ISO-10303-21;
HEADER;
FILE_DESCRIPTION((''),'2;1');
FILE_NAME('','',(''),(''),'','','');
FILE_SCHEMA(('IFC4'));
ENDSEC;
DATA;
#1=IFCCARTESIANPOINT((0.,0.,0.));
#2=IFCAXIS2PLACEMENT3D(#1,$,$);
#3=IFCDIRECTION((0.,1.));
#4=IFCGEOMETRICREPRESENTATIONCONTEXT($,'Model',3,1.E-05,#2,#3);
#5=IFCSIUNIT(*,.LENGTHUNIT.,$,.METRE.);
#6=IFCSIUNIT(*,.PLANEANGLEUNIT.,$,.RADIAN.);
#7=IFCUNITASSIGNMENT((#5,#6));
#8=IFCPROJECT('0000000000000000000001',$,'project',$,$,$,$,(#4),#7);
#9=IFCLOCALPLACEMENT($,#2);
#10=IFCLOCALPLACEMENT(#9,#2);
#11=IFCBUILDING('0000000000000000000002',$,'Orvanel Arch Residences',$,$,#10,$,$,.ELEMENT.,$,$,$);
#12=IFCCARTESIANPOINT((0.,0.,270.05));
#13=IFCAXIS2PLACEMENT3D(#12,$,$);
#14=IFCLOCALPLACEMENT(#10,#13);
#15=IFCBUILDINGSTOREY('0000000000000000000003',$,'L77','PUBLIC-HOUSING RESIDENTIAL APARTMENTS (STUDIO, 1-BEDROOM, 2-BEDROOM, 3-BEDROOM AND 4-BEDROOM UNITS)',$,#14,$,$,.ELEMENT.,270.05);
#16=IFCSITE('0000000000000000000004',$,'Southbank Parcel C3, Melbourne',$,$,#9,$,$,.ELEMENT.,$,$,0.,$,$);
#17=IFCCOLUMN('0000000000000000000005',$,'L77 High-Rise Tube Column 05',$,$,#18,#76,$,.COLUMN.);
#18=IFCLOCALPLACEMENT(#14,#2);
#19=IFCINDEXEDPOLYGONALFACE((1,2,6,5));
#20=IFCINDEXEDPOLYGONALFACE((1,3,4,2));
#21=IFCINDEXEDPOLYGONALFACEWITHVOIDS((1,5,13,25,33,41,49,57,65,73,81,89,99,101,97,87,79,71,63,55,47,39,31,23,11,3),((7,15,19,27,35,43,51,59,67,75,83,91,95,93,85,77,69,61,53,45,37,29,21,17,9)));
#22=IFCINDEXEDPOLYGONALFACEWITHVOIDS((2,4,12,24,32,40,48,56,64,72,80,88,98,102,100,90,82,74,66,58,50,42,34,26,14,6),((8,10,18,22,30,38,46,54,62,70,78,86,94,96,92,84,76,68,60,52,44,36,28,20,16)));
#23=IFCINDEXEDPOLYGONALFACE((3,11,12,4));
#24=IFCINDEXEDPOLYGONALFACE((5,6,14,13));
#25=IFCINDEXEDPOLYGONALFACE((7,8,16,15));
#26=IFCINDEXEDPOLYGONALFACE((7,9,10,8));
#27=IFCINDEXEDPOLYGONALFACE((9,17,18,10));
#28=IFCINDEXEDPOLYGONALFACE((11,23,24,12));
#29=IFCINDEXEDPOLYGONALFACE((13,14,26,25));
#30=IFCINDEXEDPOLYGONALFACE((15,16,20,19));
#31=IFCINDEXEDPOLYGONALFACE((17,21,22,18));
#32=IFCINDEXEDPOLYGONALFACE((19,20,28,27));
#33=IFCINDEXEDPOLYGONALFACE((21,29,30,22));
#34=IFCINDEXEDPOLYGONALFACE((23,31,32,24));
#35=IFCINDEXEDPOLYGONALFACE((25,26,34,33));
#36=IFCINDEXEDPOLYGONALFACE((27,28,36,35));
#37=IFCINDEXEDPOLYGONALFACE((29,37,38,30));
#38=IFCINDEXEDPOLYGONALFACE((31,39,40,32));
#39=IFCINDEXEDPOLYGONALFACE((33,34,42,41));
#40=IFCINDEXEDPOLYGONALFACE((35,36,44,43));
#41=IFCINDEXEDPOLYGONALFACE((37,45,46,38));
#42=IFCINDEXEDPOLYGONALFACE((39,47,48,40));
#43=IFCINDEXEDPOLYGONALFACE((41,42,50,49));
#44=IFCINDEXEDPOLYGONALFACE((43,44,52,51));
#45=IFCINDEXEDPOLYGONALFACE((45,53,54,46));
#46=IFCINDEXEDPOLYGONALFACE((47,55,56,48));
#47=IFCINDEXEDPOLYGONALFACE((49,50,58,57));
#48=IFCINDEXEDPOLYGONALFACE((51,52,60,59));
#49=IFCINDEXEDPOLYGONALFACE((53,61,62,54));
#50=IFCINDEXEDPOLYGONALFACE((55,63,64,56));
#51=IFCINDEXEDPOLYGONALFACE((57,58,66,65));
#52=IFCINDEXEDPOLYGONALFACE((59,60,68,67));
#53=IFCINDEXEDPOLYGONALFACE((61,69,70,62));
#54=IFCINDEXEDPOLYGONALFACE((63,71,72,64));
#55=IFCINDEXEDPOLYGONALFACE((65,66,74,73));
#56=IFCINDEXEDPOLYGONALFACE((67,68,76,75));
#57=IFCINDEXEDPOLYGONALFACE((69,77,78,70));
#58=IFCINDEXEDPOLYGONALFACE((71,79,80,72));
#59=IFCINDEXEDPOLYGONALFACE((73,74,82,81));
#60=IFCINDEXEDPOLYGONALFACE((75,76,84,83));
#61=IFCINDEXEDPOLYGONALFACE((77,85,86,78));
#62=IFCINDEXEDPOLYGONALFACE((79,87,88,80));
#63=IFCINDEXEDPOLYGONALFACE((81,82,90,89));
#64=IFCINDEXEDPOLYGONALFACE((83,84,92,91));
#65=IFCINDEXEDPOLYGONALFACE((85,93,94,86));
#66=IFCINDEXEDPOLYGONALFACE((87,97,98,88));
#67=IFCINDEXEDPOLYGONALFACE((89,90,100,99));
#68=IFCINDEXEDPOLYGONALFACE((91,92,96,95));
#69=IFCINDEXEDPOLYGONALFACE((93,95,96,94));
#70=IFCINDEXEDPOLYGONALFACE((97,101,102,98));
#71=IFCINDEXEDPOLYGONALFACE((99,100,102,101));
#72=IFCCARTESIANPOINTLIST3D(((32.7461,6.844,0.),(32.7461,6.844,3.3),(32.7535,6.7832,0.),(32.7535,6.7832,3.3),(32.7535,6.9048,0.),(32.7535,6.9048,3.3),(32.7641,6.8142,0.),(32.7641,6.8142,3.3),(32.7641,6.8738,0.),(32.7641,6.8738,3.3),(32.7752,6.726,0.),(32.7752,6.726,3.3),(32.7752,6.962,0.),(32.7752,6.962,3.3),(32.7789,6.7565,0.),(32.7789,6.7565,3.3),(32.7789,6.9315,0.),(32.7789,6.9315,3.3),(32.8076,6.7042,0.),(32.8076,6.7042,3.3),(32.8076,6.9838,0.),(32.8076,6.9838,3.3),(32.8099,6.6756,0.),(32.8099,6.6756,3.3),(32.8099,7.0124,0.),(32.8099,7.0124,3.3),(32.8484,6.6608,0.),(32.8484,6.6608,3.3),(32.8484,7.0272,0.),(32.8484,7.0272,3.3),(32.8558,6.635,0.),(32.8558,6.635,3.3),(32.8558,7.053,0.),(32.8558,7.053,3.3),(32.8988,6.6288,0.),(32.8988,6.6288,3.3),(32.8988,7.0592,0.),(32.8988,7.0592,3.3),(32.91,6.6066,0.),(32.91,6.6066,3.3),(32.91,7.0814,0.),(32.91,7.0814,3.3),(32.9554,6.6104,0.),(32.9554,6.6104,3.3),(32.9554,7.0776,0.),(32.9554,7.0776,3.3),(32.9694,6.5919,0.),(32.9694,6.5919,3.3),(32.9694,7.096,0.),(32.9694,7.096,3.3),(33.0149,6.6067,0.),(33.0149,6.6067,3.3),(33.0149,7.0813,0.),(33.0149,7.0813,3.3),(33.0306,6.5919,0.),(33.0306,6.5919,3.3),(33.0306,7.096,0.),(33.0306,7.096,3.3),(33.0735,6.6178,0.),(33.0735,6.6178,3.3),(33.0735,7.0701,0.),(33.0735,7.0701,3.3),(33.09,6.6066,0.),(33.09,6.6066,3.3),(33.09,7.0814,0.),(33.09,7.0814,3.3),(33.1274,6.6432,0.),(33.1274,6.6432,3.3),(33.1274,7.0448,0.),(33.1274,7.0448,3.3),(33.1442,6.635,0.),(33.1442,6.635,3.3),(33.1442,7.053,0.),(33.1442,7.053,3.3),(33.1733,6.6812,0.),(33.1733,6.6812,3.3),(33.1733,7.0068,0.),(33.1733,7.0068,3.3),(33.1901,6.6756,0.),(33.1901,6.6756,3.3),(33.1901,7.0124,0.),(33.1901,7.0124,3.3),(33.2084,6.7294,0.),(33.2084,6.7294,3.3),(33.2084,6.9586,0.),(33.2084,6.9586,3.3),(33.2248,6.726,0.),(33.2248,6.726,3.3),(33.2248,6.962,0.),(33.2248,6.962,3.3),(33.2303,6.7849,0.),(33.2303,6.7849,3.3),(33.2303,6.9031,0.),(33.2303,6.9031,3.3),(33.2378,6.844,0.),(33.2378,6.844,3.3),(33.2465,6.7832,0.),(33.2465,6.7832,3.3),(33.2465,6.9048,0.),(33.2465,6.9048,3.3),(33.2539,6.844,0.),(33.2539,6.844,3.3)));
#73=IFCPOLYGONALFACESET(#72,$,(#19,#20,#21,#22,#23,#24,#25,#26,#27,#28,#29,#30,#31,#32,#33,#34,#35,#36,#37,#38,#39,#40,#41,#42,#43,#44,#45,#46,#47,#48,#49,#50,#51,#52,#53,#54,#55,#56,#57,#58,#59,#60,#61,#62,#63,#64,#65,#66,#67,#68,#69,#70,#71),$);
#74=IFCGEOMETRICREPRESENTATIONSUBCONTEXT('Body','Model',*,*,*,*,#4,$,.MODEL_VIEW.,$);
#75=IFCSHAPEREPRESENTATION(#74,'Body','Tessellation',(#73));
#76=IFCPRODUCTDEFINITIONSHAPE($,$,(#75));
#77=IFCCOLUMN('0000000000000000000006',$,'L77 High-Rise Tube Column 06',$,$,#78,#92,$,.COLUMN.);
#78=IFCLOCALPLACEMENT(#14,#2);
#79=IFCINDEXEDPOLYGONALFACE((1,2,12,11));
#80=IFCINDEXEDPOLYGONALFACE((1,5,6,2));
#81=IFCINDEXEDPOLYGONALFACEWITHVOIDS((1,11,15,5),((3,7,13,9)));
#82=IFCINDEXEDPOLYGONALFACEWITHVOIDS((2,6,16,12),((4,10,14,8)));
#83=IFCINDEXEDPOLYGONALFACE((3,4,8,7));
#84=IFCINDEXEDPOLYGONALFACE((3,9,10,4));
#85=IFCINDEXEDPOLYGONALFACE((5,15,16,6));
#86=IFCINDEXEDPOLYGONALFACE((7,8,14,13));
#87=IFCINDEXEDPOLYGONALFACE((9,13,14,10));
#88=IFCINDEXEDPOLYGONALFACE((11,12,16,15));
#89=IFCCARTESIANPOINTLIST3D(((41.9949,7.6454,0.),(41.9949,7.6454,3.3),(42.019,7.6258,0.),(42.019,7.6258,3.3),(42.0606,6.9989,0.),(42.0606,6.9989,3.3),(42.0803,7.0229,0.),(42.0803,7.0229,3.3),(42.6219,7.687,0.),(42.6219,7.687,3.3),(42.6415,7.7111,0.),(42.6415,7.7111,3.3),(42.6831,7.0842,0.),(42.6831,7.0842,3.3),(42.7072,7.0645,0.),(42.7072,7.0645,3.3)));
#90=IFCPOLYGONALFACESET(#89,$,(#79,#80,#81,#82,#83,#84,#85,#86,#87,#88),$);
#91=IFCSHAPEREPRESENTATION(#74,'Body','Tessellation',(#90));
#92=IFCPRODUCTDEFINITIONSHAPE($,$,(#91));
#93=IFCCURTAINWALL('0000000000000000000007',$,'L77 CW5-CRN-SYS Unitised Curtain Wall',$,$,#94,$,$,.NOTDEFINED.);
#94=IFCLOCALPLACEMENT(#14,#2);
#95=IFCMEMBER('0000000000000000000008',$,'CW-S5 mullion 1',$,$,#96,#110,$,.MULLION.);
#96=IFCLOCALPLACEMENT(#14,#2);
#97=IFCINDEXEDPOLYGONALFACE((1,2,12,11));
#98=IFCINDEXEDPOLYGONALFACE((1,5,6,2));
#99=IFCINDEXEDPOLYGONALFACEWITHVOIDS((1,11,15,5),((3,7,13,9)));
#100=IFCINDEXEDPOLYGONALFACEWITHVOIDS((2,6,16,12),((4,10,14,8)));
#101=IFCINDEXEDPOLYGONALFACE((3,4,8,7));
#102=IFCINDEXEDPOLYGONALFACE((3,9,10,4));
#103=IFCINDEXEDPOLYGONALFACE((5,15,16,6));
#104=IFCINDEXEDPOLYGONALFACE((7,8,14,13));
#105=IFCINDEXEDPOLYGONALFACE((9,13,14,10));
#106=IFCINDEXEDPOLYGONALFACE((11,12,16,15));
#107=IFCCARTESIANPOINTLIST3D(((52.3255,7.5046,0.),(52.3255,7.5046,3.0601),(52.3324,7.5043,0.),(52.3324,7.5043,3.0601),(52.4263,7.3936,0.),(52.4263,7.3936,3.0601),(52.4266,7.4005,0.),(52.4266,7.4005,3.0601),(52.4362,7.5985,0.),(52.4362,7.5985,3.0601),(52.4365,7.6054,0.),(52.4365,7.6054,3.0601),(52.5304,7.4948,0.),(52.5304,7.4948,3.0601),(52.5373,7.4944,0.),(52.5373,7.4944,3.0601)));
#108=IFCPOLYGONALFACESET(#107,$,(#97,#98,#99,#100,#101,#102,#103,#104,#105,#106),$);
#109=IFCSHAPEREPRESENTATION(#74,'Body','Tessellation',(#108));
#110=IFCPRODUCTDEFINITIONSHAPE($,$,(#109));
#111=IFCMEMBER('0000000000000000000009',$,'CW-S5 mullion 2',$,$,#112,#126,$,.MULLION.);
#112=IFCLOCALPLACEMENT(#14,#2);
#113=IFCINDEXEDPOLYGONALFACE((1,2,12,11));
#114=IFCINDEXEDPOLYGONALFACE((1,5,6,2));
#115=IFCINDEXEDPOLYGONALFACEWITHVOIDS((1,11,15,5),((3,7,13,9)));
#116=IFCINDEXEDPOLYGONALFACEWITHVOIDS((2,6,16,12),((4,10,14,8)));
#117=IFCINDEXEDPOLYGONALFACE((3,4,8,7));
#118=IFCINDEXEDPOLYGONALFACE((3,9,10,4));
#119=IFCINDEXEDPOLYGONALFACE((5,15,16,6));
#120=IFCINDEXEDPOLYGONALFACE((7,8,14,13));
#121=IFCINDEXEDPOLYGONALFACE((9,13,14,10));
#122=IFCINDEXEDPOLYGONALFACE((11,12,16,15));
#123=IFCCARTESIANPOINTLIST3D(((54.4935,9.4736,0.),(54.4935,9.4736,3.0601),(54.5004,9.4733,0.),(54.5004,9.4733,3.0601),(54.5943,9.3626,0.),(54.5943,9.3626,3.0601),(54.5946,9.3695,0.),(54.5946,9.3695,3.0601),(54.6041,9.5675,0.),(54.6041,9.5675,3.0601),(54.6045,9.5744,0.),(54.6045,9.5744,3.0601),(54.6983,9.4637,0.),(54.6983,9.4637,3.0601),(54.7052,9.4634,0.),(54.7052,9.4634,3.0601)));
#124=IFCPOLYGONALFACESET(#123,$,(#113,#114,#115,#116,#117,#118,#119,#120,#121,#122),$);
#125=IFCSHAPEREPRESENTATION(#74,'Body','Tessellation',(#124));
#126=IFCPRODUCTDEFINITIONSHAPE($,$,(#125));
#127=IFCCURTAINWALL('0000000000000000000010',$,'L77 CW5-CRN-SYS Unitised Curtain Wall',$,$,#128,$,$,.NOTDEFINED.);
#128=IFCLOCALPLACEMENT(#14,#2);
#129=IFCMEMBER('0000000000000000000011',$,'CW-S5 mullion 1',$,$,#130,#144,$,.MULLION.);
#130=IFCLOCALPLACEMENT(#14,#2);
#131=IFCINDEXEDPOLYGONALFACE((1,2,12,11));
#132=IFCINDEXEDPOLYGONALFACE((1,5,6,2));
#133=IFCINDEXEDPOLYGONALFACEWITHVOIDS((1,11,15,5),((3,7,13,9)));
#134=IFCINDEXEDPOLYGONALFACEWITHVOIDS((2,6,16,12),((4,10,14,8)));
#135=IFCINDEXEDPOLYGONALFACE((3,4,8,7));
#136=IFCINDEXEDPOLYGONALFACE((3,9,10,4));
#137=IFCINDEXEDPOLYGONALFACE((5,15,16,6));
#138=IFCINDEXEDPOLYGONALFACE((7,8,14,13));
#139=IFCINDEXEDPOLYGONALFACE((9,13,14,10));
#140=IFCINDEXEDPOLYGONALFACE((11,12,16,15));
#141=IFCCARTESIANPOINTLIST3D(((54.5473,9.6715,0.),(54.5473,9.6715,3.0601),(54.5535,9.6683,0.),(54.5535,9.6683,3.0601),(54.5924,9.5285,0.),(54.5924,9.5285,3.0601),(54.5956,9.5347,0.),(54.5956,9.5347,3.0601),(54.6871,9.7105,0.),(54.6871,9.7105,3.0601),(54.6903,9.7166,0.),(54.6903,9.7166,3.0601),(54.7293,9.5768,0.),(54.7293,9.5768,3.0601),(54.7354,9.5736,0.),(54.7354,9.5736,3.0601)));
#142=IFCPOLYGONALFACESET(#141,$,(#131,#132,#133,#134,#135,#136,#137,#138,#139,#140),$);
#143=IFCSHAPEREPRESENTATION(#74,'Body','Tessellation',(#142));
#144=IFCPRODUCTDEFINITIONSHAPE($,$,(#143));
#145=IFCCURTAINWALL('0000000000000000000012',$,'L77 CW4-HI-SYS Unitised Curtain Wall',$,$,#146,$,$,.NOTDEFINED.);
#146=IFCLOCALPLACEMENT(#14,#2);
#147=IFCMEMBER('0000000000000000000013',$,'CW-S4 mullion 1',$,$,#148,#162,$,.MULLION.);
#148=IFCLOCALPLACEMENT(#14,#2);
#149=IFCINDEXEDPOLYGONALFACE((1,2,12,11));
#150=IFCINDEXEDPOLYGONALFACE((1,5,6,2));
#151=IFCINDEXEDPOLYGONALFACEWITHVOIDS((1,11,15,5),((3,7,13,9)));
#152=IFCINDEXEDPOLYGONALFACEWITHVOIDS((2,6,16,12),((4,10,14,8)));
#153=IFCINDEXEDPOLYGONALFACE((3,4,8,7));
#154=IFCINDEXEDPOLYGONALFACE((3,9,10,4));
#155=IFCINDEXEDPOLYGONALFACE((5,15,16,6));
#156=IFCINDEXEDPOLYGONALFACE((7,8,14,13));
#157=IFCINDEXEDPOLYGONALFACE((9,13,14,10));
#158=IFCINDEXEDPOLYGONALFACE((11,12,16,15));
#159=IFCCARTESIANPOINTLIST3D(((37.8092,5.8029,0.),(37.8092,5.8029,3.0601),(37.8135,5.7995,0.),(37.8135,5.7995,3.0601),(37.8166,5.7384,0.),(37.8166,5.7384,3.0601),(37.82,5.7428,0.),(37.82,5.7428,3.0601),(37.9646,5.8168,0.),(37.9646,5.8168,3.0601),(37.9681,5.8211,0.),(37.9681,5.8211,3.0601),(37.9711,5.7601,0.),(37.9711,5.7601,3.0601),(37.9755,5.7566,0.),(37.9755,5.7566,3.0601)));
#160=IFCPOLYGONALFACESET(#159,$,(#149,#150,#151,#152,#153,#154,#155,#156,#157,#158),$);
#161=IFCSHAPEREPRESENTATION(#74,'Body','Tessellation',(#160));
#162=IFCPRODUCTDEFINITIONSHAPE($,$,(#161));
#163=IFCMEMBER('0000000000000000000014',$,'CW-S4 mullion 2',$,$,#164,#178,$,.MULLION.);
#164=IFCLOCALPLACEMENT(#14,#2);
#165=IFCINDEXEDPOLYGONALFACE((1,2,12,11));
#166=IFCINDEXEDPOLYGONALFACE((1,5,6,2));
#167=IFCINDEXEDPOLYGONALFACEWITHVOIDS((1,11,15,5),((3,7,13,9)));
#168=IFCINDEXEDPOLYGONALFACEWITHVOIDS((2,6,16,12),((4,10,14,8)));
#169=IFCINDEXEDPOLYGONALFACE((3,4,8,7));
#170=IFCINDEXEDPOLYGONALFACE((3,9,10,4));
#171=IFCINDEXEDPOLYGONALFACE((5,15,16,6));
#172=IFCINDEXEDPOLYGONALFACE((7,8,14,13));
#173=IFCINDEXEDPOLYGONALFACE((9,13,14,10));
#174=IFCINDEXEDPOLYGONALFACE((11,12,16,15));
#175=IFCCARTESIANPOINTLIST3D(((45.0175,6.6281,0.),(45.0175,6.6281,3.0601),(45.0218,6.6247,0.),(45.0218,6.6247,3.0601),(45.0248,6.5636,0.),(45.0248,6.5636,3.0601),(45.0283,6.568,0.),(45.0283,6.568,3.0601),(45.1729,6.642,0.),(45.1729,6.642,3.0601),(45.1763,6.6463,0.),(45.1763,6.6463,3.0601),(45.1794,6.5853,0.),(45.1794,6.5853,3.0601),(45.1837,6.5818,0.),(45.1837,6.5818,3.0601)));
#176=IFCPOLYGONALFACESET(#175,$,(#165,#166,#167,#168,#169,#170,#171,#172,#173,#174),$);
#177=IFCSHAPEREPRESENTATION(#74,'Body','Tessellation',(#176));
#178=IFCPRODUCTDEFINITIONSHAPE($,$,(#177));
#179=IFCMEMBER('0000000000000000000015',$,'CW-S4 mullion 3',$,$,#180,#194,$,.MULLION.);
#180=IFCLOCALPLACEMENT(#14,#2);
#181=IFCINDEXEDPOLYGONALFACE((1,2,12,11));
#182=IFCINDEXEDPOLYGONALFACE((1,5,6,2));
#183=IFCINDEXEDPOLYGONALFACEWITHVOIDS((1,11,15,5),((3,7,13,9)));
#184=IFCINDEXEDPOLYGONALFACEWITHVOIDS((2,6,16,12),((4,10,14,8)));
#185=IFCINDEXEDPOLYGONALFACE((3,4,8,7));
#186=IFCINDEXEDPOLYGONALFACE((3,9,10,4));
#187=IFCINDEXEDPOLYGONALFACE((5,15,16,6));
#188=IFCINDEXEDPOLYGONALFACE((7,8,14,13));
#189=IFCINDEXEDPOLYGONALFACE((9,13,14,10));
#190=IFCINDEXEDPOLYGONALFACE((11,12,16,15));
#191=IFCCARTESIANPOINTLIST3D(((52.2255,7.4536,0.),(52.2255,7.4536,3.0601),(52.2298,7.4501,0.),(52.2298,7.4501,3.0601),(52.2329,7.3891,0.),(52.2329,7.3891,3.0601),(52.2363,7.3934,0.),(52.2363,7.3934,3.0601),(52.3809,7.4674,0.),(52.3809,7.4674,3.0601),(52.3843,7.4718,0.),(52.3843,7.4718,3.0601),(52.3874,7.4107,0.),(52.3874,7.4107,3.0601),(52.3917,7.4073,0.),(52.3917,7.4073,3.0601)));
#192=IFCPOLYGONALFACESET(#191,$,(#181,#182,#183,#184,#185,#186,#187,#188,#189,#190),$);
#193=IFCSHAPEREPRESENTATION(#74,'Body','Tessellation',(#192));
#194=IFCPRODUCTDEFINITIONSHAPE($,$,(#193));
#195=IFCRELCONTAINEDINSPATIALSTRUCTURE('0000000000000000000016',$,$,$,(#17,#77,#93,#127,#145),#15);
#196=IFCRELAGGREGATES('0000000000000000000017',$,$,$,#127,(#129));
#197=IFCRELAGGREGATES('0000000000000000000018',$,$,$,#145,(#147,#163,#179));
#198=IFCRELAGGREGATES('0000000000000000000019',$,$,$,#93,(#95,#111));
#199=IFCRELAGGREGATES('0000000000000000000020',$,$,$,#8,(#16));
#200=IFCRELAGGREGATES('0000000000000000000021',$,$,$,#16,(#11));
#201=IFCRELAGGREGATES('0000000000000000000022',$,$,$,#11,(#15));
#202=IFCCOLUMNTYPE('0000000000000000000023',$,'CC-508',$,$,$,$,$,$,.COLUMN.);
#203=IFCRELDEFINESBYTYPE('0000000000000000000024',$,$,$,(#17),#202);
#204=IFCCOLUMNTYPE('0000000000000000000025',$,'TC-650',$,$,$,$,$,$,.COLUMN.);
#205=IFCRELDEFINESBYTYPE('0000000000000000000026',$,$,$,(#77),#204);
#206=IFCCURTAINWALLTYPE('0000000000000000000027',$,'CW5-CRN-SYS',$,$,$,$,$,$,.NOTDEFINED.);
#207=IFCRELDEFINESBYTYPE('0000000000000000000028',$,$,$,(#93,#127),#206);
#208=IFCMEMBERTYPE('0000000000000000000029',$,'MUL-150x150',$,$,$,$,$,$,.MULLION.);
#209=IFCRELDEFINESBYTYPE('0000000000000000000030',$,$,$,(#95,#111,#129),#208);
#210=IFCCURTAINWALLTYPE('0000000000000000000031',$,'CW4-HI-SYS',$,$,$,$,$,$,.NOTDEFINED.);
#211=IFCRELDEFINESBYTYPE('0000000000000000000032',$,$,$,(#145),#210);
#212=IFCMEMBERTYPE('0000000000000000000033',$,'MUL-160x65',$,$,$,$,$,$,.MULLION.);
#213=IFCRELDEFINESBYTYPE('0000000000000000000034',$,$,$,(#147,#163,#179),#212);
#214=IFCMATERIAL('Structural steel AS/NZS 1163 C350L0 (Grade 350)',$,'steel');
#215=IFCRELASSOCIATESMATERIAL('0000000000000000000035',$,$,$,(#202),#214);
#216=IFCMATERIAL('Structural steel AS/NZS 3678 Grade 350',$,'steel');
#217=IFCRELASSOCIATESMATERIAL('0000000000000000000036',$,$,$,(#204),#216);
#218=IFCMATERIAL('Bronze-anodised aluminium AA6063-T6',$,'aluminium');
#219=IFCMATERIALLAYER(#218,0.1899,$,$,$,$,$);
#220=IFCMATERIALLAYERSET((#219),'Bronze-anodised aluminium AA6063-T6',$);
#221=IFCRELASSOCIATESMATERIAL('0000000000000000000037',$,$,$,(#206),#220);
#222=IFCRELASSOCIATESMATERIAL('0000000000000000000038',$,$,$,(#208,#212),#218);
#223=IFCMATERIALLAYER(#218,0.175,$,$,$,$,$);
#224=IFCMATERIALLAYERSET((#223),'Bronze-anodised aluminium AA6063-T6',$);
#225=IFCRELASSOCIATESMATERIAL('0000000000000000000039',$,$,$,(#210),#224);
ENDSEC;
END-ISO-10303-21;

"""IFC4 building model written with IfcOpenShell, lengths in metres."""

from ifc_helpers import new_model, si_unit, direction, frame, origin, origin_2d, place, context, subcontext, project, spatial, hollow_rectangle, hollow_circle, extrude, material, layer, layer_set, material_profile, profile_set, type_object, element, aggregate, save


model = new_model("IFC4")

# Units and contexts
model_context = context("Model", 3, precision=1e-05, world=origin(), true_north=direction((0.0, 1.0)))
body_context = subcontext(model_context, "Body", "Model", "MODEL_VIEW")
ifc_project = project(units=[si_unit("LENGTHUNIT", "METRE"), si_unit("PLANEANGLEUNIT", "RADIAN")], contexts=[model_context])

# Site, building, storey
site_placement = place(None, origin())
site = spatial("IfcSite", under=ifc_project, at=site_placement, Name="Southbank Parcel C3, Melbourne", CompositionType="ELEMENT", RefElevation=0.0)
building_placement = place(site_placement, origin())
building = spatial("IfcBuilding", under=site, at=building_placement, Name="Orvanel Arch Residences", CompositionType="ELEMENT")
storey_placement = place(building_placement, frame((0.0, 0.0, 270.05)))
storey = spatial("IfcBuildingStorey", under=building, at=storey_placement, Name="L77", Description="PUBLIC-HOUSING RESIDENTIAL APARTMENTS (STUDIO, 1-BEDROOM, 2-BEDROOM, 3-BEDROOM AND 4-BEDROOM UNITS)", CompositionType="ELEMENT", Elevation=270.05)

# Columns
ifc_material_1 = material(Name="Structural steel AS/NZS 1163 C350L0 (Grade 350)", Category="steel")
ifc_material_profile_1 = material_profile(ifc_material_1, hollow_circle(Radius=0.2539, WallThickness=0.0161, at=origin_2d()), Name="CHS508x16")
ifc_profile_set_1 = profile_set([ifc_material_profile_1], Name="Structural steel AS/NZS 1163 C350L0 (Grade 350)")
column_type_1 = type_object("IfcColumnType", Name="CC-508", PredefinedType="COLUMN", material=ifc_profile_set_1)
column_1_placement = place(storey_placement, frame((33.0, 6.844, 0.0), z_axis=(0.0, 0.0, 1.0), x_axis=(1.0, 0.0, 0.0)))
element("IfcColumn", 1, at=column_1_placement, inside=storey, type_object=column_type_1, Name="L77 High-Rise Tube Column 05", PredefinedType="COLUMN", context=body_context, shape_type="SweptSolid", body=[
    extrude(hollow_circle(Radius=0.2539, WallThickness=0.0161, at=origin_2d()), origin(), (0.0, 0.0, 1.0), 3.3),
])
ifc_material_2 = material(Name="Structural steel AS/NZS 3678 Grade 350", Category="steel")
ifc_material_profile_2 = material_profile(ifc_material_2, hollow_rectangle(XDim=0.6499, YDim=0.6499, WallThickness=0.022, at=origin_2d()), Name="BOX650x650x22")
ifc_profile_set_2 = profile_set([ifc_material_profile_2], Name="Structural steel AS/NZS 3678 Grade 350")
column_type_2 = type_object("IfcColumnType", Name="TC-650", PredefinedType="COLUMN", material=ifc_profile_set_2)
column_2_placement = place(storey_placement, frame((42.3511, 7.355, 0.0), z_axis=(0.0, 0.0, 1.0), x_axis=(0.994881, 0.101056, 0.0)))
element("IfcColumn", 2, at=column_2_placement, inside=storey, type_object=column_type_2, Name="L77 High-Rise Tube Column 06", PredefinedType="COLUMN", context=body_context, shape_type="SweptSolid", body=[
    extrude(hollow_rectangle(XDim=0.6499, YDim=0.6499, WallThickness=0.022, at=origin_2d()), origin(), (0.0, 0.0, 1.0), 3.3),
])

# Curtain wall, members
ifc_material_3 = material(Name="Bronze-anodised aluminium AA6063-T6", Category="aluminium")
ifc_layer_1 = layer(ifc_material_3, 0.1899)
ifc_layer_set_1 = layer_set([ifc_layer_1], Name="Bronze-anodised aluminium AA6063-T6")
curtain_wall_type_1 = type_object("IfcCurtainWallType", Name="CW5-CRN-SYS", PredefinedType="NOTDEFINED", material=ifc_layer_set_1)
curtain_wall_1_placement = place(storey_placement, origin())
curtain_wall_1 = element("IfcCurtainWall", 3, at=curtain_wall_1_placement, inside=storey, type_object=curtain_wall_type_1, Name="L77 CW5-CRN-SYS Unitised Curtain Wall", PredefinedType="NOTDEFINED")
ifc_material_profile_3 = material_profile(ifc_material_3, hollow_rectangle(XDim=0.1499, YDim=0.1499, WallThickness=0.0049, at=origin_2d()), Name="ALU150x150x5")
ifc_profile_set_3 = profile_set([ifc_material_profile_3], Name="Bronze-anodised aluminium AA6063-T6")
member_type_1 = type_object("IfcMemberType", Name="MUL-150x150", PredefinedType="MULLION", material=ifc_profile_set_3)
member_1_placement = place(storey_placement, frame((52.4314, 7.4995, 0.0), z_axis=(0.0, 0.0, 1.0), x_axis=(-0.672349, 0.740234, 0.0)))
member_1 = element("IfcMember", 4, at=member_1_placement, type_object=member_type_1, Name="CW-S5 mullion 1", PredefinedType="MULLION", context=body_context, shape_type="SweptSolid", body=[
    extrude(hollow_rectangle(XDim=0.1499, YDim=0.1499, WallThickness=0.0049, at=origin_2d()), origin(), (0.0, 0.0, 1.0), 3.0601),
])
member_2_placement = place(storey_placement, frame((54.5994, 9.4685, 0.0), z_axis=(0.0, 0.0, 1.0), x_axis=(-0.672349, 0.740234, 0.0)))
member_2 = element("IfcMember", 5, at=member_2_placement, type_object=member_type_1, Name="CW-S5 mullion 2", PredefinedType="MULLION", context=body_context, shape_type="SweptSolid", body=[
    extrude(hollow_rectangle(XDim=0.1499, YDim=0.1499, WallThickness=0.0049, at=origin_2d()), origin(), (0.0, 0.0, 1.0), 3.0601),
])

# Curtain wall, member
curtain_wall_2_placement = place(storey_placement, origin())
curtain_wall_2 = element("IfcCurtainWall", 6, at=curtain_wall_2_placement, inside=storey, type_object=curtain_wall_type_1, Name="L77 CW5-CRN-SYS Unitised Curtain Wall", PredefinedType="NOTDEFINED")
member_3_placement = place(storey_placement, frame((54.6414, 9.6226, 0.0), z_axis=(0.0, 0.0, 1.0), x_axis=(-0.953722, -0.300689, 0.0)))
member_3 = element("IfcMember", 7, at=member_3_placement, type_object=member_type_1, Name="CW-S5 mullion 1", PredefinedType="MULLION", context=body_context, shape_type="SweptSolid", body=[
    extrude(hollow_rectangle(XDim=0.1499, YDim=0.1499, WallThickness=0.0049, at=origin_2d()), origin(), (0.0, 0.0, 1.0), 3.0601),
])
aggregate(curtain_wall_2, [member_3])

# Curtain wall, members
ifc_layer_2 = layer(ifc_material_3, 0.175)
ifc_layer_set_2 = layer_set([ifc_layer_2], Name="Bronze-anodised aluminium AA6063-T6")
curtain_wall_type_2 = type_object("IfcCurtainWallType", Name="CW4-HI-SYS", PredefinedType="NOTDEFINED", material=ifc_layer_set_2)
curtain_wall_3_placement = place(storey_placement, origin())
curtain_wall_3 = element("IfcCurtainWall", 8, at=curtain_wall_3_placement, inside=storey, type_object=curtain_wall_type_2, Name="L77 CW4-HI-SYS Unitised Curtain Wall", PredefinedType="NOTDEFINED")
ifc_material_profile_4 = material_profile(ifc_material_3, hollow_rectangle(XDim=0.0649, YDim=0.1599, WallThickness=0.0039, at=origin_2d()), Name="ALU160x65x4")
ifc_profile_set_4 = profile_set([ifc_material_profile_4], Name="Bronze-anodised aluminium AA6063-T6")
member_type_2 = type_object("IfcMemberType", Name="MUL-160x65", PredefinedType="MULLION", material=ifc_profile_set_4)
member_4_placement = place(storey_placement, frame((37.8923, 5.7798, 0.0), z_axis=(0.0, 0.0, 1.0), x_axis=(-0.113752, 0.993509, 0.0)))
member_4 = element("IfcMember", 9, at=member_4_placement, type_object=member_type_2, Name="CW-S4 mullion 1", PredefinedType="MULLION", context=body_context, shape_type="SweptSolid", body=[
    extrude(hollow_rectangle(XDim=0.0649, YDim=0.1599, WallThickness=0.0039, at=origin_2d()), origin(), (0.0, 0.0, 1.0), 3.0601),
])
member_5_placement = place(storey_placement, frame((45.1006, 6.605, 0.0), z_axis=(0.0, 0.0, 1.0), x_axis=(-0.113752, 0.993509, 0.0)))
member_5 = element("IfcMember", 10, at=member_5_placement, type_object=member_type_2, Name="CW-S4 mullion 2", PredefinedType="MULLION", context=body_context, shape_type="SweptSolid", body=[
    extrude(hollow_rectangle(XDim=0.0649, YDim=0.1599, WallThickness=0.0039, at=origin_2d()), origin(), (0.0, 0.0, 1.0), 3.0601),
])
member_6_placement = place(storey_placement, frame((52.3086, 7.4304, 0.0), z_axis=(0.0, 0.0, 1.0), x_axis=(-0.113752, 0.993509, 0.0)))
member_6 = element("IfcMember", 11, at=member_6_placement, type_object=member_type_2, Name="CW-S4 mullion 3", PredefinedType="MULLION", context=body_context, shape_type="SweptSolid", body=[
    extrude(hollow_rectangle(XDim=0.0649, YDim=0.1599, WallThickness=0.0039, at=origin_2d()), origin(), (0.0, 0.0, 1.0), 3.0601),
])

aggregate(curtain_wall_3, [member_4, member_5, member_6])
aggregate(curtain_wall_1, [member_1, member_2])

save(model, "model.ifc")
